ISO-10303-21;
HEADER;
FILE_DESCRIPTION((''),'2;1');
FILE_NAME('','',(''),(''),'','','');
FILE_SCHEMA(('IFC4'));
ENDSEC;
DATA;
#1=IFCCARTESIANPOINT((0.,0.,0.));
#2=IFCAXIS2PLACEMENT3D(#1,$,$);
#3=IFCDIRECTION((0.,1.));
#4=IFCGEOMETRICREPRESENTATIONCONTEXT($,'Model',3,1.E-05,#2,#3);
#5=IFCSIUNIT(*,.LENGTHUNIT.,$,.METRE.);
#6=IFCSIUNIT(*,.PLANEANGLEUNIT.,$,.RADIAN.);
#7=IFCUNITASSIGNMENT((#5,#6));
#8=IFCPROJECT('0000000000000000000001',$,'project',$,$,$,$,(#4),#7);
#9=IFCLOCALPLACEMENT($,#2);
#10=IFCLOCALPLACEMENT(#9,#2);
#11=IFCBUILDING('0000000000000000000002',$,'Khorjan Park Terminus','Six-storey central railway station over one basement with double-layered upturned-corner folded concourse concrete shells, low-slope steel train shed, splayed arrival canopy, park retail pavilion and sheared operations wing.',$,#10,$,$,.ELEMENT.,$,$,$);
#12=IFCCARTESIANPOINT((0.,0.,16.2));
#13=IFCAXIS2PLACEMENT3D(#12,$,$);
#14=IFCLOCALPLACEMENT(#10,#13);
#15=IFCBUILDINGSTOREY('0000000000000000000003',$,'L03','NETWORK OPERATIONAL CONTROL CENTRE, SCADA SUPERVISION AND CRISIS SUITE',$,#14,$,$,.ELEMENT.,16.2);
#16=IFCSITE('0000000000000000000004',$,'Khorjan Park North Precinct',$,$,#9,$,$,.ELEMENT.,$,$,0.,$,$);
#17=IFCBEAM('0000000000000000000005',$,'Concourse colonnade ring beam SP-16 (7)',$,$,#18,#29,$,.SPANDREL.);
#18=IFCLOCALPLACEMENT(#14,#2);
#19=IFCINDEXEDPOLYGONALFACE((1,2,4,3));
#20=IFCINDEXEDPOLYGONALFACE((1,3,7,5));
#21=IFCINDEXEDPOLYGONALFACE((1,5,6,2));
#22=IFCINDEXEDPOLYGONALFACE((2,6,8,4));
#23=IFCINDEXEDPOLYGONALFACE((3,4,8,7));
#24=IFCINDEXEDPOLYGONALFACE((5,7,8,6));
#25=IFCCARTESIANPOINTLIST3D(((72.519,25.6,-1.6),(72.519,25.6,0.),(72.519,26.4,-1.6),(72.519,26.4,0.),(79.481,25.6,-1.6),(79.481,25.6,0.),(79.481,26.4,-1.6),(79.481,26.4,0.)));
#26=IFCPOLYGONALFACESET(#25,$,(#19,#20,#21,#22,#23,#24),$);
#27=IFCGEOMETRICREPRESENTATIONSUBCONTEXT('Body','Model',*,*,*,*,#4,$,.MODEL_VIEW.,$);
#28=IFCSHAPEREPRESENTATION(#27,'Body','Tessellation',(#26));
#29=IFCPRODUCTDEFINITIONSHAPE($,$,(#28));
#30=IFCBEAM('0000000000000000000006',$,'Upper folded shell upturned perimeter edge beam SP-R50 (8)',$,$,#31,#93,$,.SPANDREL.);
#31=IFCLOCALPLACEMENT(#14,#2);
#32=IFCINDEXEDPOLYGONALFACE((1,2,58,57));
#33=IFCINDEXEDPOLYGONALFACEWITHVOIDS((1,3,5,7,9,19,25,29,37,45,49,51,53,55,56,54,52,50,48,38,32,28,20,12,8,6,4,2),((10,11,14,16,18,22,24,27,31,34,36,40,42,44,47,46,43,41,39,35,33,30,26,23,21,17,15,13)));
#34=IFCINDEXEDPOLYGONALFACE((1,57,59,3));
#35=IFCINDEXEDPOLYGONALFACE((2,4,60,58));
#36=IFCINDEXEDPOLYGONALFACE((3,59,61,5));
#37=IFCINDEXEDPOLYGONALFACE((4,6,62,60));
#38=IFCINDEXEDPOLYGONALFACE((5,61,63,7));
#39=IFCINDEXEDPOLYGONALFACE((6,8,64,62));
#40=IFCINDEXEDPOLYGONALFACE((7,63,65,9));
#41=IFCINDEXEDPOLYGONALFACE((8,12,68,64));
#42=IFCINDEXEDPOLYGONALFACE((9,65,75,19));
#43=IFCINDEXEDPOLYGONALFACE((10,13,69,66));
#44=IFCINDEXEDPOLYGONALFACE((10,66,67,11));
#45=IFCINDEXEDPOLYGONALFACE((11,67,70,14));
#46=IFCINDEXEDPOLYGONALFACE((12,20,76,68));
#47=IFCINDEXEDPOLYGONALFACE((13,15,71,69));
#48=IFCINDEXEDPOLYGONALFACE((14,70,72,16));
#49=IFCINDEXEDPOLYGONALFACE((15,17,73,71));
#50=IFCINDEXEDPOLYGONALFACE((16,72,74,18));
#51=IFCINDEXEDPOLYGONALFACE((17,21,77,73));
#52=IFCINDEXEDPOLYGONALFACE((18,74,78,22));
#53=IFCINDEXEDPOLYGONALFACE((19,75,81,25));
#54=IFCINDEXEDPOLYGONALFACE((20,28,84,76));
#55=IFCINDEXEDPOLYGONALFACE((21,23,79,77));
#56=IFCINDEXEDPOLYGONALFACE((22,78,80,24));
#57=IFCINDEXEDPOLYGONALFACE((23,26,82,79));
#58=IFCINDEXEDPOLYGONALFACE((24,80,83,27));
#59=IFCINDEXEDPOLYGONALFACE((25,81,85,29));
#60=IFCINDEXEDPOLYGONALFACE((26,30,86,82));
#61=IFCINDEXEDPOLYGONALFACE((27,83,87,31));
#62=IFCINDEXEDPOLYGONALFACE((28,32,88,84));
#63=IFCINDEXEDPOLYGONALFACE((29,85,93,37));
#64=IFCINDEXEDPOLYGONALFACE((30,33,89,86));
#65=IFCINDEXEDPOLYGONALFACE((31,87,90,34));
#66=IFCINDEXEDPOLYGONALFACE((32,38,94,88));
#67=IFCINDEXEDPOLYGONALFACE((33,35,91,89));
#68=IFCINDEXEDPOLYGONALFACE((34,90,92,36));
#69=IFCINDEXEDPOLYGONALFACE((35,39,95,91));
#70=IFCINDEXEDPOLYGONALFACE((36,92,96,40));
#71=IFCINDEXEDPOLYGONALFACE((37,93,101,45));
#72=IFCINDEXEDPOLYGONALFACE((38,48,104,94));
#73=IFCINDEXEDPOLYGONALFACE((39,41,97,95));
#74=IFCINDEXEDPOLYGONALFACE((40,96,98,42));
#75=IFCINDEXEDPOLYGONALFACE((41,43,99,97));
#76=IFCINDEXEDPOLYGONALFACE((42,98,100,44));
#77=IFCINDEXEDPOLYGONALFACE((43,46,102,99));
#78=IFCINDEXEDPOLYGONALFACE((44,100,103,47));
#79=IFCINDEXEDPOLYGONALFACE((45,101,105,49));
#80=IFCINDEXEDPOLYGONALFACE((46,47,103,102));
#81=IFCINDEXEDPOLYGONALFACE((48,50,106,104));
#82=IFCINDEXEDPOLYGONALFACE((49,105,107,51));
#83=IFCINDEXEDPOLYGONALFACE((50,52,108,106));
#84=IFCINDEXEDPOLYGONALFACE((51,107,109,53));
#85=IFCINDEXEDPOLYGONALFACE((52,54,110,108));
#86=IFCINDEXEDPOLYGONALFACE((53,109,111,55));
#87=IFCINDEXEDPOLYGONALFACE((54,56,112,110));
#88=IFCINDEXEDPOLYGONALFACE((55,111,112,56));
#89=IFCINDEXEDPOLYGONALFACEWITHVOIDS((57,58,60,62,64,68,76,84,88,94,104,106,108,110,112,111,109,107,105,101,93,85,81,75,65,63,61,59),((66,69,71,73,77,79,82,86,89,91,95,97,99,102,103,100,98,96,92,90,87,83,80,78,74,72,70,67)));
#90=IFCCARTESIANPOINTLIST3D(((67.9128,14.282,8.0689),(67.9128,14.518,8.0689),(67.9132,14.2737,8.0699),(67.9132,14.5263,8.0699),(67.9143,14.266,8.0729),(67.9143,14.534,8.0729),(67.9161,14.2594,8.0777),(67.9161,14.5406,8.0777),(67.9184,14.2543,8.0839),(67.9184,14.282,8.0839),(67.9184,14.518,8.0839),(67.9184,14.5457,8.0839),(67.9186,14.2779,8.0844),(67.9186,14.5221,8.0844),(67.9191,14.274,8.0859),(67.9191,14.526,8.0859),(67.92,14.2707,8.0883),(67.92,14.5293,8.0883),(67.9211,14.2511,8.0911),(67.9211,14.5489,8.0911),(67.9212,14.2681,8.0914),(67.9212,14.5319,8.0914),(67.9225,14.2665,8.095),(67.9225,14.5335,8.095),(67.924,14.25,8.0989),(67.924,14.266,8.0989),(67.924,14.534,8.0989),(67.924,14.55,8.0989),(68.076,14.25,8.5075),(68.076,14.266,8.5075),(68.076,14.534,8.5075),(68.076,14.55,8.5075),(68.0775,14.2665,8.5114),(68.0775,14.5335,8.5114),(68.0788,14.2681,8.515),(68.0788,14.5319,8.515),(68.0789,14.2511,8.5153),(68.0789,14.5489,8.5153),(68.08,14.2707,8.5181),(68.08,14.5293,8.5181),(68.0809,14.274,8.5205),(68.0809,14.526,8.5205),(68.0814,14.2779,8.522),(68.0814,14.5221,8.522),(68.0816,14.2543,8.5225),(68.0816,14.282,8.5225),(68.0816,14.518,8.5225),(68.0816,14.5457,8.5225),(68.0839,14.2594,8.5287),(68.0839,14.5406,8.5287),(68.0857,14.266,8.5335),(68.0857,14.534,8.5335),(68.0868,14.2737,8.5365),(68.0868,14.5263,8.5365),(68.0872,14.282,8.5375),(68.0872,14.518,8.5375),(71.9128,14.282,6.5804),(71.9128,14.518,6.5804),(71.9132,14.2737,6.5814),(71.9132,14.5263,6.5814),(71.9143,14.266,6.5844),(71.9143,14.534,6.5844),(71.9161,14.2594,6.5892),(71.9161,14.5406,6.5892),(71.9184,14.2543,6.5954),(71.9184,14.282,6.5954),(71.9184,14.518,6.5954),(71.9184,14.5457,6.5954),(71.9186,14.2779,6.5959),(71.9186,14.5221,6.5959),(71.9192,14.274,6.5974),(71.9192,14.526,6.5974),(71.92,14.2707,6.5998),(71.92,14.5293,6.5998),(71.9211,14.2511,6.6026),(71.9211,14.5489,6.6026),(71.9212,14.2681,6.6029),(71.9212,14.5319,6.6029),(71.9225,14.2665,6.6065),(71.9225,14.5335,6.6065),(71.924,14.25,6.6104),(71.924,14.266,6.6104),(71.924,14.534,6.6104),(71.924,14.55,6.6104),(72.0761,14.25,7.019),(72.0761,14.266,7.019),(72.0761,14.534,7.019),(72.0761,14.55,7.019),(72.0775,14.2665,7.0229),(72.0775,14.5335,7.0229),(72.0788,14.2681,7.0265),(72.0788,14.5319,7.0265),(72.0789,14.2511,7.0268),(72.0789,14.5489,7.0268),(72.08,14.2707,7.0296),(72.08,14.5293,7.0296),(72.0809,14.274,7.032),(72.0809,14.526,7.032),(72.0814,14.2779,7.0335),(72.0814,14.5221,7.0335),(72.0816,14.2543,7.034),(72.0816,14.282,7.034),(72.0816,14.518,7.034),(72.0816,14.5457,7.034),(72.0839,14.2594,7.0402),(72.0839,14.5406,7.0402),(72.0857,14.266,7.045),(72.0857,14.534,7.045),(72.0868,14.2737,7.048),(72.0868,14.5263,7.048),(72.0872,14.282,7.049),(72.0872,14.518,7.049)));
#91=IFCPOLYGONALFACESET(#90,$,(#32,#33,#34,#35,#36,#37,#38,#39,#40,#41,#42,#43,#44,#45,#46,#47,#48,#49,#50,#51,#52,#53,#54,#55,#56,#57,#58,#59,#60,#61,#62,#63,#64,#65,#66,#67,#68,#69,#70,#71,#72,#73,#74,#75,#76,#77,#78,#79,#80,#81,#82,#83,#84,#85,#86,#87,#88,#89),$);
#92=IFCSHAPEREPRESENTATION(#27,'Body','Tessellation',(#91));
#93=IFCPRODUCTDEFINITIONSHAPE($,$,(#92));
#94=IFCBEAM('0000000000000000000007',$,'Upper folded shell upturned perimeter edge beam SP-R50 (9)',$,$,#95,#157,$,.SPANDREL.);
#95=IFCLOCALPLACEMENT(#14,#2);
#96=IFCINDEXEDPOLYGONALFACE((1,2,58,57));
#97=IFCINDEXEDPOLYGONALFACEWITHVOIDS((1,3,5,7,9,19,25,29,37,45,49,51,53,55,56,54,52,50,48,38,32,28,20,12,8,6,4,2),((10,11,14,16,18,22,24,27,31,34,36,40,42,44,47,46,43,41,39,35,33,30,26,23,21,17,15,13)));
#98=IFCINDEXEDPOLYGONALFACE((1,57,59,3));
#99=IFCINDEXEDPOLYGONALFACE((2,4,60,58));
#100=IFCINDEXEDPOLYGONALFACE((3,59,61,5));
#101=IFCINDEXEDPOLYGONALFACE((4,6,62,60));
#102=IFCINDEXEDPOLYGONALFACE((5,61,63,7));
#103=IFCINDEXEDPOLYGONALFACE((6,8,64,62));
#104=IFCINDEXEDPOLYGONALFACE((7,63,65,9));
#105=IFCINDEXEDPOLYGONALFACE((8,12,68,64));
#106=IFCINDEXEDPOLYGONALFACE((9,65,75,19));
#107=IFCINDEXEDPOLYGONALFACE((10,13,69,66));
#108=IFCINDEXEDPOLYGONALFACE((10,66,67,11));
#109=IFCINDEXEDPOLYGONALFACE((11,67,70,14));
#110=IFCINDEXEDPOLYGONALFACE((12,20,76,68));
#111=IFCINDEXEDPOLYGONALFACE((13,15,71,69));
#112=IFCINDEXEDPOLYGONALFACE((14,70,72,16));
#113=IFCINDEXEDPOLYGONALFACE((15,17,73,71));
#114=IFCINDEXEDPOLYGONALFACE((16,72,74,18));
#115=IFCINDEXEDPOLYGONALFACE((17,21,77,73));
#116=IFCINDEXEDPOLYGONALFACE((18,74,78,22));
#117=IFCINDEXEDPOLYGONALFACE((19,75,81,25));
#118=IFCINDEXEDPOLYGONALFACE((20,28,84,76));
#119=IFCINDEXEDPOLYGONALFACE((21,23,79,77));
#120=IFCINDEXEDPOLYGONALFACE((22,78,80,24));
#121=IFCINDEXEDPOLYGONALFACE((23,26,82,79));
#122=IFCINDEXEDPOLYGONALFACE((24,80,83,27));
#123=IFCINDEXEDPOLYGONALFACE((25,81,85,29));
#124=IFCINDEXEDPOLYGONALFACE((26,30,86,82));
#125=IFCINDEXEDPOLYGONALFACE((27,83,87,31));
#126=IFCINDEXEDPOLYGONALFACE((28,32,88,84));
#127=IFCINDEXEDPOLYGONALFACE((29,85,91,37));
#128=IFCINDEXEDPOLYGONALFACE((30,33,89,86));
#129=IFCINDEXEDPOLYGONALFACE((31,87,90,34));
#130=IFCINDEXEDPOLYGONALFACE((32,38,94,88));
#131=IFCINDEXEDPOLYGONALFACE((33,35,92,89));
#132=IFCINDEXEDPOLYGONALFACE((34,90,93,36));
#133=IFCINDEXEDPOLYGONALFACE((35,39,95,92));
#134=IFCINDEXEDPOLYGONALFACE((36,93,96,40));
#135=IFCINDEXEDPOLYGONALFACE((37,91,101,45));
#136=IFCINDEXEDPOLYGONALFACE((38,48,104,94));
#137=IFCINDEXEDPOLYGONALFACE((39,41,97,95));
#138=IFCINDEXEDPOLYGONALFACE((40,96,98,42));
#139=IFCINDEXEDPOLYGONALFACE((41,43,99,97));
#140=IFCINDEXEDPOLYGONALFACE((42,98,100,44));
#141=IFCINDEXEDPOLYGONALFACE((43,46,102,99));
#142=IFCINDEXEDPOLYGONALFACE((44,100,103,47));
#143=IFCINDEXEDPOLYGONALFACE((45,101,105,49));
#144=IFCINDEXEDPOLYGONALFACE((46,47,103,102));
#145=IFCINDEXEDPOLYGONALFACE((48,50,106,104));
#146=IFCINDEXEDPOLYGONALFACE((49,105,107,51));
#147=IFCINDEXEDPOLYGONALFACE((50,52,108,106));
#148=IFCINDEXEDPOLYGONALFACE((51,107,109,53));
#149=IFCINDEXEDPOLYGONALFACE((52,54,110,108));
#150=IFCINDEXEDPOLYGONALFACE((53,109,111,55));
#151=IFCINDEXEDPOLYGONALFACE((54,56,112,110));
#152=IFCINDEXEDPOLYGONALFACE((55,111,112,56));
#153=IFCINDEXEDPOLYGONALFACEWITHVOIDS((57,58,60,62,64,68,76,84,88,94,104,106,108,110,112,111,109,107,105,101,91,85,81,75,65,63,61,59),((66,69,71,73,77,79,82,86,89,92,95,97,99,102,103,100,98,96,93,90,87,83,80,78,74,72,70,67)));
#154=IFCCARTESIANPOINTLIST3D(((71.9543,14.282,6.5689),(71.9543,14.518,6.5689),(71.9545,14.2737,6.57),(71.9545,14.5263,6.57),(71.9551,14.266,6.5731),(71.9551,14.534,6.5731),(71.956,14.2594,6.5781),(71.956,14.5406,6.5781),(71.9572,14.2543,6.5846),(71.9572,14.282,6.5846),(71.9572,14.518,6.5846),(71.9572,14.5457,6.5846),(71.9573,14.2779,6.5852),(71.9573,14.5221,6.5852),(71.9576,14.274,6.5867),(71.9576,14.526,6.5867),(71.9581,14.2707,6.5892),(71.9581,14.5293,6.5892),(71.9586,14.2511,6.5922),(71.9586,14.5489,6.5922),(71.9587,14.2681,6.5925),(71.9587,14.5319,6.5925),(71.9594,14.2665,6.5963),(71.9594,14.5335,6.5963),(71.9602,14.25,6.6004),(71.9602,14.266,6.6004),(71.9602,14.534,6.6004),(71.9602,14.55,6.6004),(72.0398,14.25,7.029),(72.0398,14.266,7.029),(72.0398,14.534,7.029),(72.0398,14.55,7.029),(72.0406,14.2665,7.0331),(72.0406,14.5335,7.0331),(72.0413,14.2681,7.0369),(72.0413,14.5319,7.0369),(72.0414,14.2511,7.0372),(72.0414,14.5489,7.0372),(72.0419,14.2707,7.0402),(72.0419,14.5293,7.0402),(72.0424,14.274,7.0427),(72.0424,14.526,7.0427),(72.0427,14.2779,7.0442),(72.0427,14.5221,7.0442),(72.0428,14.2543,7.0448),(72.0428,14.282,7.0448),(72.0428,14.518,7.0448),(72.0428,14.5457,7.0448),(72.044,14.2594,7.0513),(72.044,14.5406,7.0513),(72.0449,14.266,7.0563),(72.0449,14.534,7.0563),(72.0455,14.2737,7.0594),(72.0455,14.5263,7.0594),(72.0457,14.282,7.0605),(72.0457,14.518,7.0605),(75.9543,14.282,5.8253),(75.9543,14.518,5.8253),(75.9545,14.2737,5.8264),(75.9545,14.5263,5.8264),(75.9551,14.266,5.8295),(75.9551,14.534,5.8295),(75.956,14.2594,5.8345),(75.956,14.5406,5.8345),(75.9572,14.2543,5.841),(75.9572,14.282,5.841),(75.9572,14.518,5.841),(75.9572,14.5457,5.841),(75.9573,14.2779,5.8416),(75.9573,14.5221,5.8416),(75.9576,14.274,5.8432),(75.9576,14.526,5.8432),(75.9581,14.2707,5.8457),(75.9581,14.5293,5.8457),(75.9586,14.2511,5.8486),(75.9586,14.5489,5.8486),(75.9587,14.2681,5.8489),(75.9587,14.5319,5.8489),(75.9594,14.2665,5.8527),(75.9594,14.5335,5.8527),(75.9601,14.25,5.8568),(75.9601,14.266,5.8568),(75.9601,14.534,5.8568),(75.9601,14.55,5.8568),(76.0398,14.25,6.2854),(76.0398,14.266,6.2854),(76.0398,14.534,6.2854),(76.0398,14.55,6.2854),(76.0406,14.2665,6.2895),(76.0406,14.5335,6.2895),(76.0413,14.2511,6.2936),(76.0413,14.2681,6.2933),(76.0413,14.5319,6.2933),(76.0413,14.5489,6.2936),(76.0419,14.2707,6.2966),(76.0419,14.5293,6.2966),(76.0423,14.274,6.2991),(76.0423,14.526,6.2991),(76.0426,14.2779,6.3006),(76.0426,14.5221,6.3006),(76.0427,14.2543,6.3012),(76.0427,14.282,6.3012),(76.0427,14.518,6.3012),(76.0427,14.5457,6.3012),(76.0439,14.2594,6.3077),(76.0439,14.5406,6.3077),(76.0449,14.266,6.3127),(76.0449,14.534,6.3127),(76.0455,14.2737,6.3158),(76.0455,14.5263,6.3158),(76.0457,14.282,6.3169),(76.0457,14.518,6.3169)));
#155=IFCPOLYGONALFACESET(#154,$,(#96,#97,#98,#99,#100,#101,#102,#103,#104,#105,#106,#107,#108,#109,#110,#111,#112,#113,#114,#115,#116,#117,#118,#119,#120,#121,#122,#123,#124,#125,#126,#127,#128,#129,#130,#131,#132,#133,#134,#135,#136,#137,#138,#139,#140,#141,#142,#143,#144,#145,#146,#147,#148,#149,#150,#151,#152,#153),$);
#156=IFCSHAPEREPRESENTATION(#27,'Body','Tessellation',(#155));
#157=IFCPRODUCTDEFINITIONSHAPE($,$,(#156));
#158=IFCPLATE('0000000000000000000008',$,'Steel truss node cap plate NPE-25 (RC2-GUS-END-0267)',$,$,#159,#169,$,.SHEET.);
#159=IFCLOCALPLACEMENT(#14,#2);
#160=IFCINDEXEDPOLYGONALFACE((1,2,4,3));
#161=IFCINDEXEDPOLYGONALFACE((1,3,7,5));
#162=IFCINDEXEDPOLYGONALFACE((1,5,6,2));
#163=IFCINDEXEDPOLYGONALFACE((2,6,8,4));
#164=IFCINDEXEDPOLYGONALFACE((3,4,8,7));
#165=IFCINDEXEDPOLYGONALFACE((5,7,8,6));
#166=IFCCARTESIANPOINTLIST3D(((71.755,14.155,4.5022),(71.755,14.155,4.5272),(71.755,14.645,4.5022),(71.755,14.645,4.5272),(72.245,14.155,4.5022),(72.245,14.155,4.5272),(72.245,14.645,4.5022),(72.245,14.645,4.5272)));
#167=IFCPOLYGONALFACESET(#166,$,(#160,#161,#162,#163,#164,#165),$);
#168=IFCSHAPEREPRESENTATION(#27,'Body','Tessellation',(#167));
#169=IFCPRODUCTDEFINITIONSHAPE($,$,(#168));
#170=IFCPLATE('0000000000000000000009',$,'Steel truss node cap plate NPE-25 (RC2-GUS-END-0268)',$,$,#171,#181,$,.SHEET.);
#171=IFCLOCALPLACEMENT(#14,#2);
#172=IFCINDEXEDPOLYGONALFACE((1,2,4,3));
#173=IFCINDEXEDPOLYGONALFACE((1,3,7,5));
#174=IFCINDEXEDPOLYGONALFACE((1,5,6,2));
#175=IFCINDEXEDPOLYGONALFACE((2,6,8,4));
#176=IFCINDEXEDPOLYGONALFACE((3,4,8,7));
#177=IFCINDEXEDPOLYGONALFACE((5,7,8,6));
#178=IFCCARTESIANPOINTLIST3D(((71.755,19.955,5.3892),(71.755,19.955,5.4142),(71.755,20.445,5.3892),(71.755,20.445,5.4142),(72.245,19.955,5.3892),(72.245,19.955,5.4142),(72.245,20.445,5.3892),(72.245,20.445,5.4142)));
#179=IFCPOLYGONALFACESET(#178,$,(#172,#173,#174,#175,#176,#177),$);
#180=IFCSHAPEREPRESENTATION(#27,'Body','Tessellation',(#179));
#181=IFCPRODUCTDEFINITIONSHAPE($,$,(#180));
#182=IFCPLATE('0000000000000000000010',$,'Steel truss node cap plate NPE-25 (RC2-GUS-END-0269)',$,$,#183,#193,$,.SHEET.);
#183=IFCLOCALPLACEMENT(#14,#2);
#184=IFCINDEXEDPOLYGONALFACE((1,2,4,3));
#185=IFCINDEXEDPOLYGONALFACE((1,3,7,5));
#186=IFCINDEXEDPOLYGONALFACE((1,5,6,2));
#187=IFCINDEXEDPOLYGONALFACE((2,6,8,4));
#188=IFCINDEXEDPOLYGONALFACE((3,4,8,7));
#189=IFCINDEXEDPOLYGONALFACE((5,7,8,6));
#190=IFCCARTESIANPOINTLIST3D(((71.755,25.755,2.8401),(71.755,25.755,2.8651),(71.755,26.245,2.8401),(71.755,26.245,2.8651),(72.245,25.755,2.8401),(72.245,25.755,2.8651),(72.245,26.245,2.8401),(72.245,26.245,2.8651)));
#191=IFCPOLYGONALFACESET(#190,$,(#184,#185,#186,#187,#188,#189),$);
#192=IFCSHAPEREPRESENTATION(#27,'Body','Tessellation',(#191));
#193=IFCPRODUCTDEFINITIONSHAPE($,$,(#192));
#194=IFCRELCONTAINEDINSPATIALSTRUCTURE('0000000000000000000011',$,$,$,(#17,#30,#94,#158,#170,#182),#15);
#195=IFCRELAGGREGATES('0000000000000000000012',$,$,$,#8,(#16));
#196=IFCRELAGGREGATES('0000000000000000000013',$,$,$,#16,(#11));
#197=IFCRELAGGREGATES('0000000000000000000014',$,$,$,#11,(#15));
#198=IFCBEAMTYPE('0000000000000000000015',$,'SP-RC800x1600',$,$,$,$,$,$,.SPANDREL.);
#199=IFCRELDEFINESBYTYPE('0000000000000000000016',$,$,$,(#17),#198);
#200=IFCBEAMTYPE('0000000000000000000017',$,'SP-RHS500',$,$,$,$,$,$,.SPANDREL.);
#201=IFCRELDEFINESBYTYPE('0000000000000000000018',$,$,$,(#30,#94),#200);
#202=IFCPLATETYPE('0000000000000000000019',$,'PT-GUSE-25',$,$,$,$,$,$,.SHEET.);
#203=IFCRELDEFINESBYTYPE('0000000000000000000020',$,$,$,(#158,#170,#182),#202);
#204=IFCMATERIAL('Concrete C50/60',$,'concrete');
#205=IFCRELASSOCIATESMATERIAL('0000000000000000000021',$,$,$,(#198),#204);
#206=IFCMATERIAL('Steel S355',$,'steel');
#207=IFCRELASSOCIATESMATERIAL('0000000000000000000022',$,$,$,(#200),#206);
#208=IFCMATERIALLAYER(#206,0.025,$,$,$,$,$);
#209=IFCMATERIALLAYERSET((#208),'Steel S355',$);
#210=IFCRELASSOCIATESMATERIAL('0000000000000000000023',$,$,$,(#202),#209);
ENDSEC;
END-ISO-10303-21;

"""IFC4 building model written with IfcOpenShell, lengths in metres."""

from ifc_helpers import new_model, si_unit, direction, frame, origin, origin_2d, place, context, subcontext, project, spatial, rectangle, hollow_rectangle, extrude, material, layer, layer_set, material_profile, profile_set, type_object, element, save


model = new_model("IFC4")

# Units and contexts
model_context = context("Model", 3, precision=1e-05, world=origin(), true_north=direction((0.0, 1.0)))
body_context = subcontext(model_context, "Body", "Model", "MODEL_VIEW")
ifc_project = project(units=[si_unit("LENGTHUNIT", "METRE"), si_unit("PLANEANGLEUNIT", "RADIAN")], contexts=[model_context])

# Site, building, storey
site_placement = place(None, origin())
site = spatial("IfcSite", under=ifc_project, at=site_placement, Name="Khorjan Park North Precinct", CompositionType="ELEMENT", RefElevation=0.0)
building_placement = place(site_placement, origin())
building = spatial("IfcBuilding", under=site, at=building_placement, Name="Khorjan Park Terminus", Description="Six-storey central railway station over one basement with double-layered upturned-corner folded concourse concrete shells, low-slope steel train shed, splayed arrival canopy, park retail pavilion and sheared operations wing.", CompositionType="ELEMENT")
storey_placement = place(building_placement, frame((0.0, 0.0, 16.2)))
storey = spatial("IfcBuildingStorey", under=building, at=storey_placement, Name="L03", Description="NETWORK OPERATIONAL CONTROL CENTRE, SCADA SUPERVISION AND CRISIS SUITE", CompositionType="ELEMENT", Elevation=16.2)

# Shared definitions
ifc_material_1 = material(Name="Concrete C50/60", Category="concrete")

# Shared definitions
ifc_material_2 = material(Name="Steel S355", Category="steel")

# Beams
ifc_material_profile_1 = material_profile(ifc_material_1, rectangle(XDim=0.8, YDim=1.6, at=origin_2d()), Name="RC 800x1600")
ifc_profile_set_1 = profile_set([ifc_material_profile_1], Name="Concrete C50/60")
beam_type_1 = type_object("IfcBeamType", Name="SP-RC800x1600", PredefinedType="SPANDREL", material=ifc_profile_set_1)
for number, where, z_axis, x_axis, name in (
    (1, (72.519, 26.0, -0.8), (1.0, 0.0, 0.0), (0.0, 1.0, 0.0), "Concourse colonnade ring beam SP-16 (7)"),
):
    element("IfcBeam", number, at=place(storey_placement, frame(where, z_axis=z_axis, x_axis=x_axis)), inside=storey, type_object=beam_type_1, Name=name, PredefinedType="SPANDREL", context=body_context, shape_type="SweptSolid", body=[
        extrude(rectangle(XDim=0.8, YDim=1.6, at=origin_2d()), origin(), (0.0, 0.0, 1.0), 6.962),
    ])
ifc_material_profile_2 = material_profile(ifc_material_2, hollow_rectangle(XDim=0.3, YDim=0.5, WallThickness=0.016, InnerFilletRadius=0.016, OuterFilletRadius=0.032, at=origin_2d()), Name="RHS 500x300x16")
ifc_profile_set_2 = profile_set([ifc_material_profile_2], Name="Steel S355")
beam_type_2 = type_object("IfcBeamType", Name="SP-RHS500", PredefinedType="SPANDREL", material=ifc_profile_set_2)
beam_1_placement = place(storey_placement, frame((68.0, 14.4, 8.3032), z_axis=(0.937212, 0.0, -0.34876), x_axis=(0.0, 1.0, 0.0)))
element("IfcBeam", 2, at=beam_1_placement, inside=storey, type_object=beam_type_2, Name="Upper folded shell upturned perimeter edge beam SP-R50 (8)", PredefinedType="SPANDREL", context=body_context, shape_type="SweptSolid", body=[
    extrude(hollow_rectangle(XDim=0.3, YDim=0.5, WallThickness=0.016, InnerFilletRadius=0.016, OuterFilletRadius=0.032, at=origin_2d()), origin(), (0.0, 0.0, 1.0), 4.268),
])
beam_2_placement = place(storey_placement, frame((72.0, 14.4, 6.8147), z_axis=(0.983156, 0.0, -0.182769), x_axis=(0.0, 1.0, 0.0)))
element("IfcBeam", 3, at=beam_2_placement, inside=storey, type_object=beam_type_2, Name="Upper folded shell upturned perimeter edge beam SP-R50 (9)", PredefinedType="SPANDREL", context=body_context, shape_type="SweptSolid", body=[
    extrude(hollow_rectangle(XDim=0.3, YDim=0.5, WallThickness=0.016, InnerFilletRadius=0.016, OuterFilletRadius=0.032, at=origin_2d()), origin(), (0.0, 0.0, 1.0), 4.0685),
])

# Plates
ifc_layer_1 = layer(ifc_material_2, 0.025)
ifc_layer_set_1 = layer_set([ifc_layer_1], Name="Steel S355")
plate_type_1 = type_object("IfcPlateType", Name="PT-GUSE-25", PredefinedType="SHEET", material=ifc_layer_set_1)
for number, where, z_axis, x_axis, name in (
    (4, (72.0, 14.4, 4.5022), (0.0, 0.0, 1.0), (1.0, 0.0, 0.0), "Steel truss node cap plate NPE-25 (RC2-GUS-END-0267)"),
    (5, (72.0, 20.2, 5.3892), (0.0, 0.0, 1.0), (1.0, 0.0, 0.0), "Steel truss node cap plate NPE-25 (RC2-GUS-END-0268)"),
    (6, (72.0, 26.0, 2.8401), (0.0, 0.0, 1.0), (1.0, 0.0, 0.0), "Steel truss node cap plate NPE-25 (RC2-GUS-END-0269)"),
):
    element("IfcPlate", number, at=place(storey_placement, frame(where, z_axis=z_axis, x_axis=x_axis)), inside=storey, type_object=plate_type_1, Name=name, PredefinedType="SHEET", context=body_context, shape_type="SweptSolid", body=[
        extrude(rectangle(XDim=0.49, YDim=0.49, at=origin_2d()), origin(), (0.0, 0.0, 1.0), 0.025),
    ])

save(model, "model.ifc")
